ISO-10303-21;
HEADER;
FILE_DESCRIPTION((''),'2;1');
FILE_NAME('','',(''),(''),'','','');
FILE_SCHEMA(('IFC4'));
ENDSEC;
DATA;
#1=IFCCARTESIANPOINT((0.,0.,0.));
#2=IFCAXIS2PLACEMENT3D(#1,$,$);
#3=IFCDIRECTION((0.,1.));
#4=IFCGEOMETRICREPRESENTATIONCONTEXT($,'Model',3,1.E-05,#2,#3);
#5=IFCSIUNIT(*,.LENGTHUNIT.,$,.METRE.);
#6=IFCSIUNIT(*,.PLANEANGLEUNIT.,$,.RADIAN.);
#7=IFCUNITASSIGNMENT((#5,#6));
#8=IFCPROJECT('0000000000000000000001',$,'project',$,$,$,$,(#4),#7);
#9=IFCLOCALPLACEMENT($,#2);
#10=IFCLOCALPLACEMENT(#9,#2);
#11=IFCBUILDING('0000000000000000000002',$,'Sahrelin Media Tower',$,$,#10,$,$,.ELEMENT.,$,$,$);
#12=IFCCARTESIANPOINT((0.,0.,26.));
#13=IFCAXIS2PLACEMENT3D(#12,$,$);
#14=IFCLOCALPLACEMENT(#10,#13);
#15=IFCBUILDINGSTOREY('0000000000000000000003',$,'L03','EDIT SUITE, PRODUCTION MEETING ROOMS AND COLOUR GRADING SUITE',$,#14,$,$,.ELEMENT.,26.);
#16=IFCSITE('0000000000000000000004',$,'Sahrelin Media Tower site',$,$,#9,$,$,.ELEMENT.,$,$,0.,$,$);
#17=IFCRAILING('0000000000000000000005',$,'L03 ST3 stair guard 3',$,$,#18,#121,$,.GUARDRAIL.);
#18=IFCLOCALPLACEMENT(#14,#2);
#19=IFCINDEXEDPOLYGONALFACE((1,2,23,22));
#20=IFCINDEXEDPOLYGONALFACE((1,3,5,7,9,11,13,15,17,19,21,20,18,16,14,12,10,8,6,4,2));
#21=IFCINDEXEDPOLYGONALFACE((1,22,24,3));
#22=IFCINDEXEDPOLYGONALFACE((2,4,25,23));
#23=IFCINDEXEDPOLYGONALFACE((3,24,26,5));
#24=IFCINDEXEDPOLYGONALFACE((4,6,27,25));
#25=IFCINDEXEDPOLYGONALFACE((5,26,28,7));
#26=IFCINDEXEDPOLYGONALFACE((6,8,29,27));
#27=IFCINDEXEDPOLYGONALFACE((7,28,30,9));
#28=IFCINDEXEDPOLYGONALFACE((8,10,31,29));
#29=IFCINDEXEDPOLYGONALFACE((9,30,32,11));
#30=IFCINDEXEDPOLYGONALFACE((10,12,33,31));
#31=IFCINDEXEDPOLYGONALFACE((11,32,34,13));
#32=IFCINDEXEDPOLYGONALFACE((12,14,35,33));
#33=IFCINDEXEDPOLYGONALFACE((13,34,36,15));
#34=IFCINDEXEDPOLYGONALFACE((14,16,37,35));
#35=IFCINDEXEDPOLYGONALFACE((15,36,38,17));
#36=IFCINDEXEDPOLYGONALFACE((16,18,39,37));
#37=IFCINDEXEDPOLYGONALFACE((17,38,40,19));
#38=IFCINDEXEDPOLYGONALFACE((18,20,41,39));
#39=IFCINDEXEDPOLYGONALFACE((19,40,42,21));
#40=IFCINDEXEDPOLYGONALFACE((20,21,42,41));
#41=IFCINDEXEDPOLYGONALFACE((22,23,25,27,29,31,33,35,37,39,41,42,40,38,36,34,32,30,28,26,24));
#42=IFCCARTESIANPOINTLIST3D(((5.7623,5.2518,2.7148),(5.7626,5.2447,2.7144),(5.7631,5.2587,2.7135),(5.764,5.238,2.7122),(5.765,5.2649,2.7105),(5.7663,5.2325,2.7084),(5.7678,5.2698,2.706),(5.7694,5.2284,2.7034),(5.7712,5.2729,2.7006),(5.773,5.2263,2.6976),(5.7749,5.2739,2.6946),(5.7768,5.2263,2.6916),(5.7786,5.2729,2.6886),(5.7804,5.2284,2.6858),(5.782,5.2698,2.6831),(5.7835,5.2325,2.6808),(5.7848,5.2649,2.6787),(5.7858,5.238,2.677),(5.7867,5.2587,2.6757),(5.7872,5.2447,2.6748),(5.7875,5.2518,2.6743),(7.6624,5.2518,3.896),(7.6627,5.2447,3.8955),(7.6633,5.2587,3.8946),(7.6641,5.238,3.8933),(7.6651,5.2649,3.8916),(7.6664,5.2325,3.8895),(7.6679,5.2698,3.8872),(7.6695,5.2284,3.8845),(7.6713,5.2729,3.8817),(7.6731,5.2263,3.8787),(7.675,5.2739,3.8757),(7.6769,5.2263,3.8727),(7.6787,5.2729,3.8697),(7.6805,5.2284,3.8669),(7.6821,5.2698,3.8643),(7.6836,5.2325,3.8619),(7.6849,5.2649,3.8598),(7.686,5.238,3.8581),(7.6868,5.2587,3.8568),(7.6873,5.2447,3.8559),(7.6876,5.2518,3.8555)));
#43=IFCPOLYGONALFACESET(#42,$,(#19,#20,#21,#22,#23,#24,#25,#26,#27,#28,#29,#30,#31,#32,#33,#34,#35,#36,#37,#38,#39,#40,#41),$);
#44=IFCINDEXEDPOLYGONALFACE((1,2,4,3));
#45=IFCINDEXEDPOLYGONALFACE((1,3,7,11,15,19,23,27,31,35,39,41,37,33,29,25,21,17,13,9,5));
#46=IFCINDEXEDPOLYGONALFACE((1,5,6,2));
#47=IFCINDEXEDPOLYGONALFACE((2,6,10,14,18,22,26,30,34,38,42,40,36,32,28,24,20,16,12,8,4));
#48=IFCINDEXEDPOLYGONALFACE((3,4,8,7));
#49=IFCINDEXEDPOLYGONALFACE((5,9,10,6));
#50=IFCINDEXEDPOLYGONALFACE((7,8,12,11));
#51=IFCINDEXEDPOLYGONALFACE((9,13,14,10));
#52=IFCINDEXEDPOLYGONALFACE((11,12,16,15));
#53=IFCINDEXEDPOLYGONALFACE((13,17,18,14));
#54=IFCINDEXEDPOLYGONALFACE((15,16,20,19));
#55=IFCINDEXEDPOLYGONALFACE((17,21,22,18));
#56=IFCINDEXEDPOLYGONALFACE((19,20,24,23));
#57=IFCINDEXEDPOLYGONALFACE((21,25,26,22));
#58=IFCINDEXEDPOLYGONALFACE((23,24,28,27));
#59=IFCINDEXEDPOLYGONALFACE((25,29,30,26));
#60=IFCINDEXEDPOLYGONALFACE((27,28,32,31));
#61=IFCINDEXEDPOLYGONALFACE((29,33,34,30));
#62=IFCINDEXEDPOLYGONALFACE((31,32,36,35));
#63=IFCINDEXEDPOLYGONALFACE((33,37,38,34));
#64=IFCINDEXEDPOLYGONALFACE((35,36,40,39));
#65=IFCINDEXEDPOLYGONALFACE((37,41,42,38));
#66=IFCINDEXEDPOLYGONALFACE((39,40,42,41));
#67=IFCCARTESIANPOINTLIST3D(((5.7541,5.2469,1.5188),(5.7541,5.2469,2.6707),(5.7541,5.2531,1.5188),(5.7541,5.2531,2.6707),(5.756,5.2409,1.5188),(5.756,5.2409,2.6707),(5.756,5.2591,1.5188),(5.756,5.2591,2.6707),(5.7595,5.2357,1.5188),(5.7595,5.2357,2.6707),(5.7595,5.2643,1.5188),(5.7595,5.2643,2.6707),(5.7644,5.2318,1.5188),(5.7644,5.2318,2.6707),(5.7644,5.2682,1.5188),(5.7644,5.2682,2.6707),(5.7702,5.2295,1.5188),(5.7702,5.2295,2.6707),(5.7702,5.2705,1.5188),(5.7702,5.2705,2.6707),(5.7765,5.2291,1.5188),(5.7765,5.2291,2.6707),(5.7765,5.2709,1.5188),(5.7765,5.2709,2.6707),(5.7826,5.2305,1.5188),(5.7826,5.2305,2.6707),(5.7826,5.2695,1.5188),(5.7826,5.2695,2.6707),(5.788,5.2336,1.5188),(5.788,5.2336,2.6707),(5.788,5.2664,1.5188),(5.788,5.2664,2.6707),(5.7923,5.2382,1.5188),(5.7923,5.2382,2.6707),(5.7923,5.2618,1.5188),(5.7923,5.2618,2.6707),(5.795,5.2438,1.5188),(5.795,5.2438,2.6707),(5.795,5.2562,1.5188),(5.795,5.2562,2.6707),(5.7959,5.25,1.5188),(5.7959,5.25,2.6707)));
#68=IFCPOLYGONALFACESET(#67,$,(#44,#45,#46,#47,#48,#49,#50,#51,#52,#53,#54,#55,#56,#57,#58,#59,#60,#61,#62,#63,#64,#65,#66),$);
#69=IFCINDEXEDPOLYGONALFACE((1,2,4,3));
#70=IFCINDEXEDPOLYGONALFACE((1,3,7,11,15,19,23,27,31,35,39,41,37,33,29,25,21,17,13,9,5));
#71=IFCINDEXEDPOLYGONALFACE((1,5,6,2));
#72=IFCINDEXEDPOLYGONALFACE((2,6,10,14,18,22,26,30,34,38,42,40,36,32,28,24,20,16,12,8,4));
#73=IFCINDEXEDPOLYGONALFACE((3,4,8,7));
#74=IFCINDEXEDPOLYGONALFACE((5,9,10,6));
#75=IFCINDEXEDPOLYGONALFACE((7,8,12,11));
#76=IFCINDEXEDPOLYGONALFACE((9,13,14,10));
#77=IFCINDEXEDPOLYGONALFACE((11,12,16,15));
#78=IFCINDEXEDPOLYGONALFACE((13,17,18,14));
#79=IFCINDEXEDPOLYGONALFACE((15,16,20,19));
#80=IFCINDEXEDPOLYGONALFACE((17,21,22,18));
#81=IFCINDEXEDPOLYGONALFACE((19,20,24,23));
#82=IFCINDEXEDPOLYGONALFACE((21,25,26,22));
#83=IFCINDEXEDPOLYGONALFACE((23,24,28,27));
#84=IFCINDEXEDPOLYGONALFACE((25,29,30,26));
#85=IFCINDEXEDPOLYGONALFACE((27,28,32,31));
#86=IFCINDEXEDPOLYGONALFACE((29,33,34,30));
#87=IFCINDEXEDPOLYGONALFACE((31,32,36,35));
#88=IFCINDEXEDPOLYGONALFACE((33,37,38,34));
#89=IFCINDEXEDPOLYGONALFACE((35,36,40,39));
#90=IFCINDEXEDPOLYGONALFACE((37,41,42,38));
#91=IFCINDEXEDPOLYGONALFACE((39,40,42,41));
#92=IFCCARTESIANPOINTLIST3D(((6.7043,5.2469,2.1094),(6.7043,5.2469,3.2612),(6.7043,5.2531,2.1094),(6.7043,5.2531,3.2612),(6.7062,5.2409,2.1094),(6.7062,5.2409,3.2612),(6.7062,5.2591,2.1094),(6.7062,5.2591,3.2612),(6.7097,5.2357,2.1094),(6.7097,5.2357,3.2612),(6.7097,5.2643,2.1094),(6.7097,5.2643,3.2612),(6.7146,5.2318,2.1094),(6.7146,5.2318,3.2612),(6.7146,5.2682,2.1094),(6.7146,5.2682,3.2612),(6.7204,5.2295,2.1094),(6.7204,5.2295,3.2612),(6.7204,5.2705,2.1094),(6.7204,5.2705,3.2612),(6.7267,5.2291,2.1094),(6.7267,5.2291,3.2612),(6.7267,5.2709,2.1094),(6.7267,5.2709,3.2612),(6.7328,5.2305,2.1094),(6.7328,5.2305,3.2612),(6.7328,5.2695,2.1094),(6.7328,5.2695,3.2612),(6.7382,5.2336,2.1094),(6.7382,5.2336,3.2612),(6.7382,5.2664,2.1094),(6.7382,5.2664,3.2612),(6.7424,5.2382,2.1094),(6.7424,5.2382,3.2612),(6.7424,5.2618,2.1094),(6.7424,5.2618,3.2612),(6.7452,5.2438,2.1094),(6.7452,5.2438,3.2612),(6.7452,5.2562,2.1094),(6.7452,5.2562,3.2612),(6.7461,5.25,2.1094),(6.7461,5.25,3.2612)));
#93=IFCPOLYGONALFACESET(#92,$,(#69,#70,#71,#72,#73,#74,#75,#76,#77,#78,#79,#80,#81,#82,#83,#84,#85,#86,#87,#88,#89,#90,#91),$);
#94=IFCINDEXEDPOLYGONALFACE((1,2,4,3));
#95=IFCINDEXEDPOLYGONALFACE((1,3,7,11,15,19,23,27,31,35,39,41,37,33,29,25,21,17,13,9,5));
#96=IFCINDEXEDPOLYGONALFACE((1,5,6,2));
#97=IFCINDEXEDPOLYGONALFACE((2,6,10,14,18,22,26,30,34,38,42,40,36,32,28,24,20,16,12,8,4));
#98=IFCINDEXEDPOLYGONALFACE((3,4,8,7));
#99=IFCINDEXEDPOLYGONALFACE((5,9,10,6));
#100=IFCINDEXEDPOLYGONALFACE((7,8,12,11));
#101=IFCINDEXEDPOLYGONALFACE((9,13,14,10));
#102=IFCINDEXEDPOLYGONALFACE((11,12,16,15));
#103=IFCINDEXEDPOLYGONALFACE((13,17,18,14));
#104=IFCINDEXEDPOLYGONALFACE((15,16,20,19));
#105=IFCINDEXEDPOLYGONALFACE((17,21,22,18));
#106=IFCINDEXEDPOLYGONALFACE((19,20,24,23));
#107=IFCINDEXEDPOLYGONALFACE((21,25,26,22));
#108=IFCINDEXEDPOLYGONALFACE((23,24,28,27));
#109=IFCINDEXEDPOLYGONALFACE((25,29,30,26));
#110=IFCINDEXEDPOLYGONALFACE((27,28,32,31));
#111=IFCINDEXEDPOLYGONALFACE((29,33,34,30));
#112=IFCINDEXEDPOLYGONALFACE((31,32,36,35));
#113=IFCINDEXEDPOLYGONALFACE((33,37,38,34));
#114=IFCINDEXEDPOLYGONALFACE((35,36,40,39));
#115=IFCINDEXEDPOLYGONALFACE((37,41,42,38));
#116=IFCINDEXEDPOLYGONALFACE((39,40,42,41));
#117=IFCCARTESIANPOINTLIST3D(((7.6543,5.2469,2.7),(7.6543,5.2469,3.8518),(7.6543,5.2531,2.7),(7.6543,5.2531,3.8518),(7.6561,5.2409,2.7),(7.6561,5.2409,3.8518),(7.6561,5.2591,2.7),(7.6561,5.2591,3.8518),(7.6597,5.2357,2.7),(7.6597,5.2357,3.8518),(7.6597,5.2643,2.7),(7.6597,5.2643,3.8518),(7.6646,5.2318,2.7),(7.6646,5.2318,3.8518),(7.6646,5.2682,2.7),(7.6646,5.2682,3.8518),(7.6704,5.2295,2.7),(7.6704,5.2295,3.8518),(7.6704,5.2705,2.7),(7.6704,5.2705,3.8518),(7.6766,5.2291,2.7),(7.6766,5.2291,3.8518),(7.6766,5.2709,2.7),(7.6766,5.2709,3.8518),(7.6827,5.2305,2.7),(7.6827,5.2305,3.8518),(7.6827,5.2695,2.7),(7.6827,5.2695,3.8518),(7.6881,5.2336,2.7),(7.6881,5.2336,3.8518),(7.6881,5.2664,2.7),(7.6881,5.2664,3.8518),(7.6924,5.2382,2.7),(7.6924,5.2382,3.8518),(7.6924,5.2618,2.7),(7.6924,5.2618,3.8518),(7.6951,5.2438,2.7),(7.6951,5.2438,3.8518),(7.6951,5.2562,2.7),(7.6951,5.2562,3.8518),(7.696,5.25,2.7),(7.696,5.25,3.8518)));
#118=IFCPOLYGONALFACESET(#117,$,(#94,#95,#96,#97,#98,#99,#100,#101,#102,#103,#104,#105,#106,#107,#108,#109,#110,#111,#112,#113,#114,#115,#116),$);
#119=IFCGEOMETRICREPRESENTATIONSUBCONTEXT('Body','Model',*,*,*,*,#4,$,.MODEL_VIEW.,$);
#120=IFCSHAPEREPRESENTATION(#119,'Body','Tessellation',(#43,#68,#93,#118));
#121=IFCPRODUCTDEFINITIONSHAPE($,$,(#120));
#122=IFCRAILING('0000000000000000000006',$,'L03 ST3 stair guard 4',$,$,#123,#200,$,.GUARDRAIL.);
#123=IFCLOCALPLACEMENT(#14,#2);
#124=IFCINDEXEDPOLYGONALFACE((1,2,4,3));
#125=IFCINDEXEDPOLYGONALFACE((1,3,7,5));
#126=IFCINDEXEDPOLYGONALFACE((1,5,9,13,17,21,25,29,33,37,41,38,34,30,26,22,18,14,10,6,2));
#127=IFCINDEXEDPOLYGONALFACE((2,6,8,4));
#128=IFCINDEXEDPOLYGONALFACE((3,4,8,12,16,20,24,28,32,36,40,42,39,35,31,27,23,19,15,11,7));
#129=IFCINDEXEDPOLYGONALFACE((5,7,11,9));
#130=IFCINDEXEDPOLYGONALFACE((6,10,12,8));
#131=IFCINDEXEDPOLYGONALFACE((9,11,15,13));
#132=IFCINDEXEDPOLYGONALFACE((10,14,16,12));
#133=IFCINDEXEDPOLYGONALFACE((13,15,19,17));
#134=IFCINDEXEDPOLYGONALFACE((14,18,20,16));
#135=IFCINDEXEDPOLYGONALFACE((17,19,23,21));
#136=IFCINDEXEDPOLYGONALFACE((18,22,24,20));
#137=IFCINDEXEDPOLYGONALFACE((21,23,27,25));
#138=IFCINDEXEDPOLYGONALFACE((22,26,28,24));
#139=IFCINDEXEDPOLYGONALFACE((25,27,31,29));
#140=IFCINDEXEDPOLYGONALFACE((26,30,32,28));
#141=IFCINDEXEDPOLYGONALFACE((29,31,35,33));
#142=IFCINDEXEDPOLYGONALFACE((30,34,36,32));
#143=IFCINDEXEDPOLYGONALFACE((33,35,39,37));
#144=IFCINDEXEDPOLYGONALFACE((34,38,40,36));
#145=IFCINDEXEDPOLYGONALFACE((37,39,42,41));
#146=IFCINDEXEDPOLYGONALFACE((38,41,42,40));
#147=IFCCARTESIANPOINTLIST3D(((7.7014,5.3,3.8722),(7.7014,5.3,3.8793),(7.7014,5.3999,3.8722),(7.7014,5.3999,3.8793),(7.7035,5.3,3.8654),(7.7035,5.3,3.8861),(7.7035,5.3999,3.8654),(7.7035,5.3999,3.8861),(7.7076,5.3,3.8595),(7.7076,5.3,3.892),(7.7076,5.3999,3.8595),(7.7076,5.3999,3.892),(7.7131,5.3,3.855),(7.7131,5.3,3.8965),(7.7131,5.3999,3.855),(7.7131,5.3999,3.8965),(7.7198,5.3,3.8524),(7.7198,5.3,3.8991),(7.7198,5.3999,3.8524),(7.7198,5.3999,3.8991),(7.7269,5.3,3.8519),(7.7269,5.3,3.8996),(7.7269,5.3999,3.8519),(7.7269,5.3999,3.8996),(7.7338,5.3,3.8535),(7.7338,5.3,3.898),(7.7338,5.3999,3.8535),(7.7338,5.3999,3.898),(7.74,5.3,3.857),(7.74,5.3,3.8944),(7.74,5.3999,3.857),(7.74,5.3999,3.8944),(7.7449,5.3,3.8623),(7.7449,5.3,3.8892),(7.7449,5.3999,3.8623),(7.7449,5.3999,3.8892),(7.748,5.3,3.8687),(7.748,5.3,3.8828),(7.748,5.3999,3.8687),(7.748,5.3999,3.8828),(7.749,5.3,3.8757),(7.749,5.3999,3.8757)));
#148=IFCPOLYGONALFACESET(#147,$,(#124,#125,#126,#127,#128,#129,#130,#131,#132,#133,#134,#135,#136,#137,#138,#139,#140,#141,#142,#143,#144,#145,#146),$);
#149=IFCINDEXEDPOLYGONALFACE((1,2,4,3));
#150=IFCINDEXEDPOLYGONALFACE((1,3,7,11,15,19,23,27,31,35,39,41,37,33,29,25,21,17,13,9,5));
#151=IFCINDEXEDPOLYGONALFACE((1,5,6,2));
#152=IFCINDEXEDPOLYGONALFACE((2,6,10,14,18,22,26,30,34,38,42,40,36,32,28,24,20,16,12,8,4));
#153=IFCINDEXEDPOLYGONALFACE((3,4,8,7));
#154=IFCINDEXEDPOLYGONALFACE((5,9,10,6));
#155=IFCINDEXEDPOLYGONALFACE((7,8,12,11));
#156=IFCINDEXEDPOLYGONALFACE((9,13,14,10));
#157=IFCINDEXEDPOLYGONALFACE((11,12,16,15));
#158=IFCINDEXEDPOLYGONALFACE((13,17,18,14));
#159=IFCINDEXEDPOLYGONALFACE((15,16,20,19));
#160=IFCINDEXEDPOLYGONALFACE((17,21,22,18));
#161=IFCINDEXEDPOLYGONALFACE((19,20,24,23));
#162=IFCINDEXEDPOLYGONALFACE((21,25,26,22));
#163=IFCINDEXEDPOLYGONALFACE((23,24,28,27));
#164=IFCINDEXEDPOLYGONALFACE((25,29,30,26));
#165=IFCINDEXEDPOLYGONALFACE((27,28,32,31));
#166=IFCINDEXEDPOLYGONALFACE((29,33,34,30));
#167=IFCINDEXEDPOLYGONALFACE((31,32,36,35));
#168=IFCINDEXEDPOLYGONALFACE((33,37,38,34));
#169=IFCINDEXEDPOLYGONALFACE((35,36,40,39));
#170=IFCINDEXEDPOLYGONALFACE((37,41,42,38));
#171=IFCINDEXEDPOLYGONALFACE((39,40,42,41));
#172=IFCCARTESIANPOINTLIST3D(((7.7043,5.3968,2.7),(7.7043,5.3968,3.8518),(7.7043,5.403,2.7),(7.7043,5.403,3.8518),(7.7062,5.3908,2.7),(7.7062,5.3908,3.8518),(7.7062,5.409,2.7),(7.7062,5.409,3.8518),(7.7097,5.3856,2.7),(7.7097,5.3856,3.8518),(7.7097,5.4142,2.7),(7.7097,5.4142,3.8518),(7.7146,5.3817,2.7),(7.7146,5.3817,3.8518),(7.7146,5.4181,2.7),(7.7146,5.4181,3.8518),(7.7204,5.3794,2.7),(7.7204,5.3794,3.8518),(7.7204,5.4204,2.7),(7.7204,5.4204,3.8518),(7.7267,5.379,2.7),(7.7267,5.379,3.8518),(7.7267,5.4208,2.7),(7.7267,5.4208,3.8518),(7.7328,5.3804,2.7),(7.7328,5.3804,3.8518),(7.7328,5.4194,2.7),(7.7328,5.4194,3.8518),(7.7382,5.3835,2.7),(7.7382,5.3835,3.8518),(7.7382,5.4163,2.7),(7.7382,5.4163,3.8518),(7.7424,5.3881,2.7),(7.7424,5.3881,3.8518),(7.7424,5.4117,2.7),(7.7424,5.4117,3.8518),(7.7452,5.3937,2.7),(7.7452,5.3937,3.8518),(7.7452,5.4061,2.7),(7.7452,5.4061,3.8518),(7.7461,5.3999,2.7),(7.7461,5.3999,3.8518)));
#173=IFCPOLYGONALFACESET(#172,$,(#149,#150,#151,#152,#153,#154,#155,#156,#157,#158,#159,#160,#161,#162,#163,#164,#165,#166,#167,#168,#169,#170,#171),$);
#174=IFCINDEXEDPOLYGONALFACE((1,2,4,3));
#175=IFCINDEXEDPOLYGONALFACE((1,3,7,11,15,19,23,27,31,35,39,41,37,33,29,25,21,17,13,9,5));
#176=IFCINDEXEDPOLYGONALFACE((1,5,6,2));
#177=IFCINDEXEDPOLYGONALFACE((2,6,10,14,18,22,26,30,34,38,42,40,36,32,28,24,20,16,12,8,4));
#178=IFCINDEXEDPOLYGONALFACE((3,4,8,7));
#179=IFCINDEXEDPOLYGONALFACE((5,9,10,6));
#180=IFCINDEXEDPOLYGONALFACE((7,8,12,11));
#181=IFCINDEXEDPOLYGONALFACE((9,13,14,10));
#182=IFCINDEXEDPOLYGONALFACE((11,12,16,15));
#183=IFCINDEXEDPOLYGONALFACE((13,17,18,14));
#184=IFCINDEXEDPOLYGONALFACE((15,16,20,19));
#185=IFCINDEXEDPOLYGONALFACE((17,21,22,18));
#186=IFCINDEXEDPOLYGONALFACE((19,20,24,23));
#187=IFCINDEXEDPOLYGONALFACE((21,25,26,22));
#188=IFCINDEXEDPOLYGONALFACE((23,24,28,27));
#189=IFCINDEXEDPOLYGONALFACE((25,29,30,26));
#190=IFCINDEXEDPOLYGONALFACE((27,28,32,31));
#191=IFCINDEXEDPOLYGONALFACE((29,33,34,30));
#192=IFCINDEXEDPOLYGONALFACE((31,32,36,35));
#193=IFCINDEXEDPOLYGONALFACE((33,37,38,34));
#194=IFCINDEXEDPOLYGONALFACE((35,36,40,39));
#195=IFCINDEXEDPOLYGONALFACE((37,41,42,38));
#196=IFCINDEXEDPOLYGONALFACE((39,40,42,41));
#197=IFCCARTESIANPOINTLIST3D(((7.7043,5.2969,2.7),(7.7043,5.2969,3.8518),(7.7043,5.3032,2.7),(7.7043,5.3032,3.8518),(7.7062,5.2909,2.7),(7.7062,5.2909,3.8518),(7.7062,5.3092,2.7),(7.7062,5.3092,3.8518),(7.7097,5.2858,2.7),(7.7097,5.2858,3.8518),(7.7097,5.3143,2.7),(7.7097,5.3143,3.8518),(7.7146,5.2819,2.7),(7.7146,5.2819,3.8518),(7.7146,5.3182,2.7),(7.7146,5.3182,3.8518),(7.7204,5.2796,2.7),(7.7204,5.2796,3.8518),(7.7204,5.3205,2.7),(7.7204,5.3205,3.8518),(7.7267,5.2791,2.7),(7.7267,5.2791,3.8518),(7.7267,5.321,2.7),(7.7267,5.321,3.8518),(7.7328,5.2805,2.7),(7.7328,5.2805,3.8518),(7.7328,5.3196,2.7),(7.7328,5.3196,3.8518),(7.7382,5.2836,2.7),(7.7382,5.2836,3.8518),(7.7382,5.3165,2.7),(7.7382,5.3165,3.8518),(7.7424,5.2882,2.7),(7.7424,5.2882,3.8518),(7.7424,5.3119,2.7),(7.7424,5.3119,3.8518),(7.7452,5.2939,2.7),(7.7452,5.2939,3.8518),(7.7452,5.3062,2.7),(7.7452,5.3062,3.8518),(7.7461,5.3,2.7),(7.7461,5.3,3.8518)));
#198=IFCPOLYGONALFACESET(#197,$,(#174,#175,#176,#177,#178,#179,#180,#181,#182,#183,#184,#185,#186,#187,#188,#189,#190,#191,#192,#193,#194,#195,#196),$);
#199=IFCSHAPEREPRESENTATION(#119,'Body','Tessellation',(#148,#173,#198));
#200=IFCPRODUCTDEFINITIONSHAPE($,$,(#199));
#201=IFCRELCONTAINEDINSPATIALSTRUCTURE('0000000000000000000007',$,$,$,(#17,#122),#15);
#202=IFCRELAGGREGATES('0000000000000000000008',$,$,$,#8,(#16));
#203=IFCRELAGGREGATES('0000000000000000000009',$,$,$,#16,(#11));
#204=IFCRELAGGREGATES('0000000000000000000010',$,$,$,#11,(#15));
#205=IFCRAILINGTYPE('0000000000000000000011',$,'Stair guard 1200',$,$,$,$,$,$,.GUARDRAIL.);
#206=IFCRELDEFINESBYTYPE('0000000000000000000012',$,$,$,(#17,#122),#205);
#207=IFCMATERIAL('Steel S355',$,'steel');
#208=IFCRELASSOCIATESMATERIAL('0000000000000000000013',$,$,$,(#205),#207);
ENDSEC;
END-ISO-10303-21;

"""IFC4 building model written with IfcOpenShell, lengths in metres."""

from ifc_helpers import new_model, si_unit, direction, frame, origin, origin_2d, place, context, subcontext, project, spatial, circle, extrude, material, type_object, element, save


model = new_model("IFC4")

# Units and contexts
model_context = context("Model", 3, precision=1e-05, world=origin(), true_north=direction((0.0, 1.0)))
body_context = subcontext(model_context, "Body", "Model", "MODEL_VIEW")
ifc_project = project(units=[si_unit("LENGTHUNIT", "METRE"), si_unit("PLANEANGLEUNIT", "RADIAN")], contexts=[model_context])

# Site, building, storey
site_placement = place(None, origin())
site = spatial("IfcSite", under=ifc_project, at=site_placement, Name="Sahrelin Media Tower site", CompositionType="ELEMENT", RefElevation=0.0)
building_placement = place(site_placement, origin())
building = spatial("IfcBuilding", under=site, at=building_placement, Name="Sahrelin Media Tower", CompositionType="ELEMENT")
storey_placement = place(building_placement, frame((0.0, 0.0, 26.0)))
storey = spatial("IfcBuildingStorey", under=building, at=storey_placement, Name="L03", Description="EDIT SUITE, PRODUCTION MEETING ROOMS AND COLOUR GRADING SUITE", CompositionType="ELEMENT", Elevation=26.0)

# Shared definitions
ifc_material_1 = material(Name="Steel S355", Category="steel")

# Railings
railing_type_1 = type_object("IfcRailingType", Name="Stair guard 1200", PredefinedType="GUARDRAIL", material=ifc_material_1)
railing_1_placement = place(storey_placement, frame((5.7749, 5.25, 1.5188)))
element("IfcRailing", 1, at=railing_1_placement, inside=storey, type_object=railing_type_1, Name="L03 ST3 stair guard 3", PredefinedType="GUARDRAIL", context=body_context, shape_type="SweptSolid", body=[
    extrude(circle(Radius=0.0239, at=origin_2d()), frame((0.0, 0.0, 1.1758), z_axis=(0.849289, 0.0, 0.527928), x_axis=(0.0, 1.0, 0.0)), (0.0, 0.0, 1.0), 2.2373),
    extrude(circle(Radius=0.021, at=origin_2d()), origin(), (0.0, 0.0, 1.0), 1.1519),
    extrude(circle(Radius=0.021, at=origin_2d()), frame((0.9502, 0.0, 0.5906)), (0.0, 0.0, 1.0), 1.1519),
    extrude(circle(Radius=0.021, at=origin_2d()), frame((1.9001, 0.0, 1.1812)), (0.0, 0.0, 1.0), 1.1519),
])
railing_2_placement = place(storey_placement, frame((7.7251, 5.3999, 2.7)))
element("IfcRailing", 2, at=railing_2_placement, inside=storey, type_object=railing_type_1, Name="L03 ST3 stair guard 4", PredefinedType="GUARDRAIL", context=body_context, shape_type="SweptSolid", body=[
    extrude(circle(Radius=0.0239, at=origin_2d()), frame((0.0, 0.0, 1.1758), z_axis=(0.0, -1.0, 0.0), x_axis=(1.0, 0.0, 0.0)), (0.0, 0.0, 1.0), 0.0999),
    extrude(circle(Radius=0.021, at=origin_2d()), origin(), (0.0, 0.0, 1.0), 1.1519),
    extrude(circle(Radius=0.021, at=origin_2d()), frame((0.0, -0.0999, 0.0)), (0.0, 0.0, 1.0), 1.1519),
])

save(model, "model.ifc")
